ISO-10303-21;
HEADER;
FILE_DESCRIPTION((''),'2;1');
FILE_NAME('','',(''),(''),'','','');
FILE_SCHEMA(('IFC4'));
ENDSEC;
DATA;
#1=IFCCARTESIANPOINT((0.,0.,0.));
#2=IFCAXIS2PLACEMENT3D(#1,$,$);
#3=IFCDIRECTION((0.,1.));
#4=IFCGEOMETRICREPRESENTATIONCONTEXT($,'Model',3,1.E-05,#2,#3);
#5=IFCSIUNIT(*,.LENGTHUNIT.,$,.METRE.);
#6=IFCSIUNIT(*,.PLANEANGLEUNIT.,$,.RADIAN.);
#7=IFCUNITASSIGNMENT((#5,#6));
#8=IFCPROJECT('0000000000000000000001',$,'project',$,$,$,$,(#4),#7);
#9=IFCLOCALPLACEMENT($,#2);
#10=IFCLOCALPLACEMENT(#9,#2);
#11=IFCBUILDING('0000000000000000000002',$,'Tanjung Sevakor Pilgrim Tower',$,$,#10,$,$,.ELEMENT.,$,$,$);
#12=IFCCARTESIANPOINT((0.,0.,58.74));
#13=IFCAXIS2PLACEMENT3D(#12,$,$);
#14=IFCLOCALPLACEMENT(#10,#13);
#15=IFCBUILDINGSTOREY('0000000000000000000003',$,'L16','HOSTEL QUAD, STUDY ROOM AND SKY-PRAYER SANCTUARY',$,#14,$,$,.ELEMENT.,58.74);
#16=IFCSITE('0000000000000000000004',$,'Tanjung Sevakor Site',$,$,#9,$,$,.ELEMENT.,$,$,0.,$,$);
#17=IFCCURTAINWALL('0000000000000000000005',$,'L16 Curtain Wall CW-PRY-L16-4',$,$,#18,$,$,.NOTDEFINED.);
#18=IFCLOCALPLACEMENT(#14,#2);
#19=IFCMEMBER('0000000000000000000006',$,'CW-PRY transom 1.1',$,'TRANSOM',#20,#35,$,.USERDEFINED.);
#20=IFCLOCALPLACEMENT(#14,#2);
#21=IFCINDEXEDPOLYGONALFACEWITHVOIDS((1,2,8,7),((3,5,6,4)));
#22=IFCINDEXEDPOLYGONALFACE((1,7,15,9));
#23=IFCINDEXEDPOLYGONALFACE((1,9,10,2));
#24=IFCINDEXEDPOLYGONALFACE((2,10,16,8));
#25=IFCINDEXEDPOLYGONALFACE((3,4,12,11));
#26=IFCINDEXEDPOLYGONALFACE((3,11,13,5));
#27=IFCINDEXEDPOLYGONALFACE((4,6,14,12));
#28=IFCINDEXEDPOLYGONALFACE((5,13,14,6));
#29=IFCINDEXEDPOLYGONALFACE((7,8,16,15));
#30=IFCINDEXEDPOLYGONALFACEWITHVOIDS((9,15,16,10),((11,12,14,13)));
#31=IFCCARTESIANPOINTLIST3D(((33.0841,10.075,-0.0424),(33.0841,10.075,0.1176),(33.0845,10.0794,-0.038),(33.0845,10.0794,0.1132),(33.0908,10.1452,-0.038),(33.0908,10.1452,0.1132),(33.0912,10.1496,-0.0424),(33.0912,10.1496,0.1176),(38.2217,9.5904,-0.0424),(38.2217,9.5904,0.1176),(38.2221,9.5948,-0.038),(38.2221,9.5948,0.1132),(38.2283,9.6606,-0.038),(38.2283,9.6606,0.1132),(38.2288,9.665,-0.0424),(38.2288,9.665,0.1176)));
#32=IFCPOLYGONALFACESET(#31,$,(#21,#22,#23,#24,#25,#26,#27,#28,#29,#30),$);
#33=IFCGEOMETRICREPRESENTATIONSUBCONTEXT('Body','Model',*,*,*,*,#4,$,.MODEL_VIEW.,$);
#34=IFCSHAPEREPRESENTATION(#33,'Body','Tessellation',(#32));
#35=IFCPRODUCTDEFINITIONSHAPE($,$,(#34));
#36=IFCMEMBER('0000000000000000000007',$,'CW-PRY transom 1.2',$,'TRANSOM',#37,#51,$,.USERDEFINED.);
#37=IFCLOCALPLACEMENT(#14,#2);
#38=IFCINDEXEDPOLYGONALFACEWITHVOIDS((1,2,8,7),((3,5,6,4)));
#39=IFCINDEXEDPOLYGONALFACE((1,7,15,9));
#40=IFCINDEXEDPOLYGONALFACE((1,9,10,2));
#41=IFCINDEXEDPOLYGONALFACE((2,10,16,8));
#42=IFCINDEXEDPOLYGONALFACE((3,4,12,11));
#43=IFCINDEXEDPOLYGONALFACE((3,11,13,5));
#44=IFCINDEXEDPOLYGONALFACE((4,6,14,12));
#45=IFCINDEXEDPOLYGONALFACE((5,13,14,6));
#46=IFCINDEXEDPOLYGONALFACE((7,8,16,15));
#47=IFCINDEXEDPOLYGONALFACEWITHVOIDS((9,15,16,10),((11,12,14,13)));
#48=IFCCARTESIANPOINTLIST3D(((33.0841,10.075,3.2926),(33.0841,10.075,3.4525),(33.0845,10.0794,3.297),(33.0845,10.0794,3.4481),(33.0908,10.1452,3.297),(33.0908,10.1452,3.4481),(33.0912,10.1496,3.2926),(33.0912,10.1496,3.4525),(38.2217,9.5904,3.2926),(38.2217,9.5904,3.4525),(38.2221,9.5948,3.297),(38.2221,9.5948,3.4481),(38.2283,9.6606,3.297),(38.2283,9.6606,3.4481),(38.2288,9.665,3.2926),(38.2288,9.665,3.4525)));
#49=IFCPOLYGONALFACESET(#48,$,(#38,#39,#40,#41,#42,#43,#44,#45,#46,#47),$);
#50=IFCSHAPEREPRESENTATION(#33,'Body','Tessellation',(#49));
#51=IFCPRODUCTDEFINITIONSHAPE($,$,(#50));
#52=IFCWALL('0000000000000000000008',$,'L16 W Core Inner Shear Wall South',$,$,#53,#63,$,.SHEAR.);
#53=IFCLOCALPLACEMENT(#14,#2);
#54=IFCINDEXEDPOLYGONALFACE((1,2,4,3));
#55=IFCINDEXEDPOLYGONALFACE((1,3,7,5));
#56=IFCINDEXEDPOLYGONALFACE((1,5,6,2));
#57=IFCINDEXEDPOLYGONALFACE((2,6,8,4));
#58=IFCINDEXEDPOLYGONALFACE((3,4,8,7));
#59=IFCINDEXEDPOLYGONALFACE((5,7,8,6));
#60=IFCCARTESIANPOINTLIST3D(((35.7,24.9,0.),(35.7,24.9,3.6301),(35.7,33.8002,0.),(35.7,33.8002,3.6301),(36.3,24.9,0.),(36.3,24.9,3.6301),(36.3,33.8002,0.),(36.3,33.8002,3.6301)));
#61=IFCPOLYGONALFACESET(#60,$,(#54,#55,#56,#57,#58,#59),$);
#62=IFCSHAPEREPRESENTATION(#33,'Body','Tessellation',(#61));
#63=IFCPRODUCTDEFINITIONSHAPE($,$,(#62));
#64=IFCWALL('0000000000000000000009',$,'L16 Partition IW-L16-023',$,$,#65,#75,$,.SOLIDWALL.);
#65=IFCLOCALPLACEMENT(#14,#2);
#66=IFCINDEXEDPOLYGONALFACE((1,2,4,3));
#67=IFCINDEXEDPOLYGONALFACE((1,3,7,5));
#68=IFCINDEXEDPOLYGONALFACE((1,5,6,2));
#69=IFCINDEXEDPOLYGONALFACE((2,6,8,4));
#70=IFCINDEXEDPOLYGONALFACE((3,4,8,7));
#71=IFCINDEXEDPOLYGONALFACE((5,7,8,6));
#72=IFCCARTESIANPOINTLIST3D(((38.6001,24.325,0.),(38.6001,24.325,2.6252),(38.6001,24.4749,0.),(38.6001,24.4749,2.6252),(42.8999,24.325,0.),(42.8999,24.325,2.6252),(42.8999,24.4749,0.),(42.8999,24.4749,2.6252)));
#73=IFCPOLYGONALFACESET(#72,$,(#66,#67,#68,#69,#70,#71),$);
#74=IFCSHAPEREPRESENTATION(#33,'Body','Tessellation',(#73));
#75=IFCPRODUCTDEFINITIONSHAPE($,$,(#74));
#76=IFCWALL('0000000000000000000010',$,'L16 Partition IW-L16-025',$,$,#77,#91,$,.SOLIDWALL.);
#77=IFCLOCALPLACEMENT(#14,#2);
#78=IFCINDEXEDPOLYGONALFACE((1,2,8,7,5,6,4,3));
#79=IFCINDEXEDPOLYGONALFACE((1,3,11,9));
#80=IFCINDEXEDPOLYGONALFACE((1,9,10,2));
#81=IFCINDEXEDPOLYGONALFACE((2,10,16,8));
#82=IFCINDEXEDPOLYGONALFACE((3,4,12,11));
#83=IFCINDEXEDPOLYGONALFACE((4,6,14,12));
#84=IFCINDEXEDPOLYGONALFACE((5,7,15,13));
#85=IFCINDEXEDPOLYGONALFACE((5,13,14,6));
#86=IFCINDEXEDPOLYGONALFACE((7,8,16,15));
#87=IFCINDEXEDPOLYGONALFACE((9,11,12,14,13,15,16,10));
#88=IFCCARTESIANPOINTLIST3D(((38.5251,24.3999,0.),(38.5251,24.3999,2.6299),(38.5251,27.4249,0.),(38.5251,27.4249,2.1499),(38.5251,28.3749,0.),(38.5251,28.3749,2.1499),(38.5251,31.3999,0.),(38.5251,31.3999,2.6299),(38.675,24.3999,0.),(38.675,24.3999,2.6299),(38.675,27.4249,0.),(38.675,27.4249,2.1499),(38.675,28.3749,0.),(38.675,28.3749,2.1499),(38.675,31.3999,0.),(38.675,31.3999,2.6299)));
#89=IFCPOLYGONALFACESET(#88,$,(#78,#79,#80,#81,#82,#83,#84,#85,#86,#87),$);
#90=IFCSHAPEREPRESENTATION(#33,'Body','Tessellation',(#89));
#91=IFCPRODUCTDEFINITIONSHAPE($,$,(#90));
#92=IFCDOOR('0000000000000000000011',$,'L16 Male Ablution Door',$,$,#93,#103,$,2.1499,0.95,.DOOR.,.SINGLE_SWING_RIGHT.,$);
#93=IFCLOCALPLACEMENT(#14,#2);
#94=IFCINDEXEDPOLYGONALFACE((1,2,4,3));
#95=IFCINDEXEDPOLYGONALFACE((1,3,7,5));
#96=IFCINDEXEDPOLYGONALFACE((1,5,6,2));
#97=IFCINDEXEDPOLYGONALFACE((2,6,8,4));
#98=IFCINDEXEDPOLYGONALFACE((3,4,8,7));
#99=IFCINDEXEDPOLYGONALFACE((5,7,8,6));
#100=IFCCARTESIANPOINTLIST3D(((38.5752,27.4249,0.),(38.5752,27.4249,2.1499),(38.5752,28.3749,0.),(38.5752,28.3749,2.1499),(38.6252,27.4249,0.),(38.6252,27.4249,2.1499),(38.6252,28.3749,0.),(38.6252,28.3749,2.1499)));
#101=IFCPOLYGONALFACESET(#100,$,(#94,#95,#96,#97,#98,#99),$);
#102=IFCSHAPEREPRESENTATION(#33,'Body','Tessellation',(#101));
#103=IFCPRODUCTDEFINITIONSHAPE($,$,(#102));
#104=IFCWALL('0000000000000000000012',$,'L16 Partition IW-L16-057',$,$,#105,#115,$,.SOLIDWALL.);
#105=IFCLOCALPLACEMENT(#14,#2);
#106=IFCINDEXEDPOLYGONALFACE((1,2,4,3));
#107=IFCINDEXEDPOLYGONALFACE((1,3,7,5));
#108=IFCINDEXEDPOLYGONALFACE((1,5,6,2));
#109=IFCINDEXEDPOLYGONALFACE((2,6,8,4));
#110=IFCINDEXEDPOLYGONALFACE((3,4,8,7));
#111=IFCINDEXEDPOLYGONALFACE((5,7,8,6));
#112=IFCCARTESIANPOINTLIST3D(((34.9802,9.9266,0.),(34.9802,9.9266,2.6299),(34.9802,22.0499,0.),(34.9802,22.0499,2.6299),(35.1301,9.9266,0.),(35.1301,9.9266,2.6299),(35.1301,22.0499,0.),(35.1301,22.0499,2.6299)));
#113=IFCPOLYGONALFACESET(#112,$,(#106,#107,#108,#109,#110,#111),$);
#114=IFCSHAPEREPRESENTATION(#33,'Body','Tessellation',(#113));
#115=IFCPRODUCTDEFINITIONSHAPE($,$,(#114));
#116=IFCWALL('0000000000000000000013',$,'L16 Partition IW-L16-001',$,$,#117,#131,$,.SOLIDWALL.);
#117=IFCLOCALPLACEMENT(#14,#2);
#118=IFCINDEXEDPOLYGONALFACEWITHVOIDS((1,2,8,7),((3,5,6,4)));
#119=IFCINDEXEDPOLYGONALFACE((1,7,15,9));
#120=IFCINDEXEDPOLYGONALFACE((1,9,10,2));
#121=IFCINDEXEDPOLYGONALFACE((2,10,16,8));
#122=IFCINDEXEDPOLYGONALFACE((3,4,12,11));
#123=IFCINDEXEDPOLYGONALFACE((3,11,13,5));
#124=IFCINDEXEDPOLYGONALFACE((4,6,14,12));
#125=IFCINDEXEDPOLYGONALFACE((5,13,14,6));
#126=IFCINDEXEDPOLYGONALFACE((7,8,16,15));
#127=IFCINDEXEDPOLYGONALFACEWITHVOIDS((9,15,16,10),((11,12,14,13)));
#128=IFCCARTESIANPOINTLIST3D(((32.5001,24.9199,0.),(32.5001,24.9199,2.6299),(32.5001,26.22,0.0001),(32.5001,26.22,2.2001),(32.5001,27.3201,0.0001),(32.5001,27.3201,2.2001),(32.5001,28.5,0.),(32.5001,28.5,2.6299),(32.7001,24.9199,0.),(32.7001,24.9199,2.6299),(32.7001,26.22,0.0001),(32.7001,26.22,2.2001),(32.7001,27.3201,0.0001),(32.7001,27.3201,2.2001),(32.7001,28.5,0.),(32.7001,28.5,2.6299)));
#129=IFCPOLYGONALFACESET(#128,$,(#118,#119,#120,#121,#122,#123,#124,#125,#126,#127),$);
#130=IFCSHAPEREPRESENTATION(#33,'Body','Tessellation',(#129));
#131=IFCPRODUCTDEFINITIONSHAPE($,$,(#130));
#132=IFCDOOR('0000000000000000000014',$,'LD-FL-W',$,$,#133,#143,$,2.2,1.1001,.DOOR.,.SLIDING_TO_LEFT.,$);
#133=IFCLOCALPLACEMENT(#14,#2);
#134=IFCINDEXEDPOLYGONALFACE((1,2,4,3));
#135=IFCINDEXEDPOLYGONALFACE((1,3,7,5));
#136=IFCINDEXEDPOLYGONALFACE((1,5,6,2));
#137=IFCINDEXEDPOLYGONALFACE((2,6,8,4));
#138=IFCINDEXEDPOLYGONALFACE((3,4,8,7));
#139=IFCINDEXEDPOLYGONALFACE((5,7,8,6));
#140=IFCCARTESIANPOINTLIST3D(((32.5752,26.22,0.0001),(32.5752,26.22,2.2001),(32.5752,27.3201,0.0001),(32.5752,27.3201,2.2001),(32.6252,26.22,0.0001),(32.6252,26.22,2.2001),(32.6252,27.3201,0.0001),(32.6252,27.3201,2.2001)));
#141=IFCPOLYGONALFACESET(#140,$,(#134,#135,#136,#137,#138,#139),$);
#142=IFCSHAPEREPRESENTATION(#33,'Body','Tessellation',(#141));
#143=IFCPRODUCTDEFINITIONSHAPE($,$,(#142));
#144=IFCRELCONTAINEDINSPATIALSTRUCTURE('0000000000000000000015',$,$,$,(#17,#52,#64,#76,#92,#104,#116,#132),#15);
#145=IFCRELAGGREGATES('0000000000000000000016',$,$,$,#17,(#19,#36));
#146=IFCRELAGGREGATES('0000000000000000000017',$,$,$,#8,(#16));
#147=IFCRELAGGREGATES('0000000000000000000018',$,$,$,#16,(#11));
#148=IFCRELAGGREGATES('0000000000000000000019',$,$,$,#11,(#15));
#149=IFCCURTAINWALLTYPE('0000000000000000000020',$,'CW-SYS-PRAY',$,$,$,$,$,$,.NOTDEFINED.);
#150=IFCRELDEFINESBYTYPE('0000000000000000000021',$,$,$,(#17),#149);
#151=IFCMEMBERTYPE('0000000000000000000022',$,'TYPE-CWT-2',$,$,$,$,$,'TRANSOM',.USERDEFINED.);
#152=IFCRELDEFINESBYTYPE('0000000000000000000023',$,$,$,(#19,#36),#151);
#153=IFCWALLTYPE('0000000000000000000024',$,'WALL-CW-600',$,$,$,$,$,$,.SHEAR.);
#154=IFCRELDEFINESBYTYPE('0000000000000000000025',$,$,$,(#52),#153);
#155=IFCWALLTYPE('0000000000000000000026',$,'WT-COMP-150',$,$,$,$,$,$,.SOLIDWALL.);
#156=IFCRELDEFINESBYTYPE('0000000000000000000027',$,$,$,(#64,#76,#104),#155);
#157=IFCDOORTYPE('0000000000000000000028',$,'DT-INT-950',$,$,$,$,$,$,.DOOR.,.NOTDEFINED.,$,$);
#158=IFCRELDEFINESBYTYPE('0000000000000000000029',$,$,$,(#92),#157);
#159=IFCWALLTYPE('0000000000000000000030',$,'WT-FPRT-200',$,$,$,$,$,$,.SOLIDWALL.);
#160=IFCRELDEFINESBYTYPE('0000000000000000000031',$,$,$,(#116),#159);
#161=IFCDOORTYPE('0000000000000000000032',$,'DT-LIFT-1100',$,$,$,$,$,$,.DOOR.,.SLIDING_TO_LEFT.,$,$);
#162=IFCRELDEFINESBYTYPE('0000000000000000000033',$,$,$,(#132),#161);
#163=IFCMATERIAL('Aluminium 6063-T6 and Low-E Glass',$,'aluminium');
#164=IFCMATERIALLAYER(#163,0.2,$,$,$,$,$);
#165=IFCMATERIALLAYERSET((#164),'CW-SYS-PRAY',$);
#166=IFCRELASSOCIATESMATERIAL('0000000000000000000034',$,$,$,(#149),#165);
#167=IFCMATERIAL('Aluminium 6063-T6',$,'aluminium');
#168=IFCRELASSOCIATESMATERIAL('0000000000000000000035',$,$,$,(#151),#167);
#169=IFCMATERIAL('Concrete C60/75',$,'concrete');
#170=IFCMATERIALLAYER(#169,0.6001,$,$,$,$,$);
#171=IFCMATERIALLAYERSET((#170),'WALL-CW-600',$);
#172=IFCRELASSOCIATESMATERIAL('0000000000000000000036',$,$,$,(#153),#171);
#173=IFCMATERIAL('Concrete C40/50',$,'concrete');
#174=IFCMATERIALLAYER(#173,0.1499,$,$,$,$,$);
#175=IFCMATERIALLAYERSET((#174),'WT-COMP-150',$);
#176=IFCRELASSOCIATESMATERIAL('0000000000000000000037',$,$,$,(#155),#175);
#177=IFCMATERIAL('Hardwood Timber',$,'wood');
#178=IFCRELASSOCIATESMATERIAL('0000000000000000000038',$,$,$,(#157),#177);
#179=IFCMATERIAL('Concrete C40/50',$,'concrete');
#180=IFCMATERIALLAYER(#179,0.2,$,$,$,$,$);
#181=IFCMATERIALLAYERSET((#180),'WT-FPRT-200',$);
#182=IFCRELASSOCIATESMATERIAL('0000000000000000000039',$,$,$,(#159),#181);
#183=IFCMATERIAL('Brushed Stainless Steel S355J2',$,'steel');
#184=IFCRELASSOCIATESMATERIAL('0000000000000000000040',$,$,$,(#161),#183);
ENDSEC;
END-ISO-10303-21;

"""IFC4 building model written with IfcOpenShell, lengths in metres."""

from ifc_helpers import new_model, si_unit, direction, frame, frame_2d, origin, origin_2d, place, context, subcontext, project, spatial, rectangle, hollow_rectangle, extrude, material, layer, layer_set, material_profile, profile_set, type_object, element, fill, aggregate, save


model = new_model("IFC4")

# Units and contexts
model_context = context("Model", 3, precision=1e-05, world=origin(), true_north=direction((0.0, 1.0)))
body_context = subcontext(model_context, "Body", "Model", "MODEL_VIEW")
ifc_project = project(units=[si_unit("LENGTHUNIT", "METRE"), si_unit("PLANEANGLEUNIT", "RADIAN")], contexts=[model_context])

# Site, building, storey
site_placement = place(None, origin())
site = spatial("IfcSite", under=ifc_project, at=site_placement, Name="Tanjung Sevakor Site", CompositionType="ELEMENT", RefElevation=0.0)
building_placement = place(site_placement, origin())
building = spatial("IfcBuilding", under=site, at=building_placement, Name="Tanjung Sevakor Pilgrim Tower", CompositionType="ELEMENT")
storey_placement = place(building_placement, frame((0.0, 0.0, 58.74)))
storey = spatial("IfcBuildingStorey", under=building, at=storey_placement, Name="L16", Description="HOSTEL QUAD, STUDY ROOM AND SKY-PRAYER SANCTUARY", CompositionType="ELEMENT", Elevation=58.74)

# Shared definitions
ifc_material_1 = material(Name="Aluminium 6063-T6 and Low-E Glass", Category="aluminium")
ifc_layer_1 = layer(ifc_material_1, 0.2)
ifc_layer_set_1 = layer_set([ifc_layer_1], Name="CW-SYS-PRAY")
curtain_wall_type = type_object("IfcCurtainWallType", Name="CW-SYS-PRAY", PredefinedType="NOTDEFINED", material=ifc_layer_set_1)

# Curtain wall, members
curtain_wall_1_placement = place(storey_placement, origin())
curtain_wall_1 = element("IfcCurtainWall", 1, at=curtain_wall_1_placement, inside=storey, type_object=curtain_wall_type, Name="L16 Curtain Wall CW-PRY-L16-4", PredefinedType="NOTDEFINED")
ifc_material_2 = material(Name="Aluminium 6063-T6", Category="aluminium")
ifc_material_profile_1 = material_profile(ifc_material_2, hollow_rectangle(XDim=0.075, YDim=0.1599, WallThickness=0.0044, at=origin_2d()))
ifc_profile_set_1 = profile_set([ifc_material_profile_1], Name="Aluminium 6063-T6")
member_type_1 = type_object("IfcMemberType", Name="TYPE-CWT-2", ElementType="TRANSOM", PredefinedType="USERDEFINED", material=ifc_profile_set_1)
member_1_placement = place(storey_placement, frame((33.0876, 10.1123, 0.0376), z_axis=(0.995581, -0.093909, 0.0), x_axis=(0.093909, 0.995581, 0.0)))
member_1 = element("IfcMember", 2, at=member_1_placement, type_object=member_type_1, Name="CW-PRY transom 1.1", ObjectType="TRANSOM", PredefinedType="USERDEFINED", context=body_context, shape_type="SweptSolid", body=[
    extrude(hollow_rectangle(XDim=0.075, YDim=0.1599, WallThickness=0.0044, at=origin_2d()), origin(), (0.0, 0.0, 1.0), 5.1604),
])
member_2_placement = place(storey_placement, frame((33.0876, 10.1123, 3.3726), z_axis=(0.995581, -0.093909, 0.0), x_axis=(0.093909, 0.995581, 0.0)))
member_2 = element("IfcMember", 3, at=member_2_placement, type_object=member_type_1, Name="CW-PRY transom 1.2", ObjectType="TRANSOM", PredefinedType="USERDEFINED", context=body_context, shape_type="SweptSolid", body=[
    extrude(hollow_rectangle(XDim=0.075, YDim=0.1599, WallThickness=0.0044, at=origin_2d()), origin(), (0.0, 0.0, 1.0), 5.1604),
])
aggregate(curtain_wall_1, [member_1, member_2])

# Wall
ifc_material_3 = material(Name="Concrete C60/75", Category="concrete")
ifc_layer_2 = layer(ifc_material_3, 0.6001)
ifc_layer_set_2 = layer_set([ifc_layer_2], Name="WALL-CW-600")
wall_type_1 = type_object("IfcWallType", Name="WALL-CW-600", PredefinedType="SHEAR", material=ifc_layer_set_2)
wall_1_placement = place(storey_placement, frame((36.0, 24.8999, 0.0), z_axis=(0.0, 0.0, 1.0), x_axis=(0.0, 1.0, 0.0)))
element("IfcWall", 4, at=wall_1_placement, inside=storey, type_object=wall_type_1, Name="L16 W Core Inner Shear Wall South", PredefinedType="SHEAR", context=body_context, shape_type="SweptSolid", body=[
    extrude(rectangle(XDim=8.9001, YDim=0.6001, at=frame_2d((4.4502, 0.0))), origin(), (0.0, 0.0, 1.0), 3.6301),
])

# Shared definitions
ifc_material_4 = material(Name="Concrete C40/50", Category="concrete")
ifc_layer_3 = layer(ifc_material_4, 0.1499)
ifc_layer_set_3 = layer_set([ifc_layer_3], Name="WT-COMP-150")
wall_type_2 = type_object("IfcWallType", Name="WT-COMP-150", PredefinedType="SOLIDWALL", material=ifc_layer_set_3)

# Wall
wall_2_placement = place(storey_placement, frame((38.6001, 24.3999, 0.0), z_axis=(0.0, 0.0, 1.0), x_axis=(1.0, 0.0, 0.0)))
element("IfcWall", 5, at=wall_2_placement, inside=storey, type_object=wall_type_2, Name="L16 Partition IW-L16-023", PredefinedType="SOLIDWALL", context=body_context, shape_type="SweptSolid", body=[
    extrude(rectangle(XDim=4.2998, YDim=0.1499, at=frame_2d((2.1499, 0.0))), origin(), (0.0, 0.0, 1.0), 2.6252),
])

# Wall, opening, door
wall_3_placement = place(storey_placement, frame((38.6001, 24.3999, 0.0), z_axis=(0.0, 0.0, 1.0), x_axis=(0.0, 1.0, 0.0)))
wall_3 = element("IfcWall", 6, at=wall_3_placement, inside=storey, type_object=wall_type_2, Name="L16 Partition IW-L16-025", PredefinedType="SOLIDWALL", context=body_context, shape_type="SweptSolid", body=[
    extrude(rectangle(XDim=7.0, YDim=0.1499, at=frame_2d((3.5, 0.0))), origin(), (0.0, 0.0, 1.0), 2.6299),
])
opening_1_placement = place(wall_3_placement, frame((3.0249, 0.0, 0.0)))
opening_1 = element("IfcOpeningElement", 7, at=opening_1_placement, cuts=wall_3, PredefinedType="OPENING", context=body_context, shape_type="SweptSolid", body=[
    extrude(rectangle(XDim=0.95, YDim=2.1499, at=frame_2d((0.4751, 1.075))), frame((0.0, 0.085, 0.0), z_axis=(0.0, -1.0, 0.0), x_axis=(1.0, 0.0, 0.0)), (0.0, 0.0, 1.0), 0.1699),
])
ifc_material_5 = material(Name="Hardwood Timber", Category="wood")
door_type_1 = type_object("IfcDoorType", Name="DT-INT-950", OperationType="NOTDEFINED", PredefinedType="DOOR", material=ifc_material_5)
door_1_placement = place(opening_1_placement, origin())
door_1 = element("IfcDoor", 8, at=door_1_placement, inside=storey, type_object=door_type_1, Name="L16 Male Ablution Door", OperationType="SINGLE_SWING_RIGHT", OverallHeight=2.1499, OverallWidth=0.95, PredefinedType="DOOR", context=body_context, shape_type="SweptSolid", body=[
    extrude(rectangle(XDim=0.95, YDim=2.1499, at=frame_2d((0.4751, 1.075))), frame((0.0, 0.0249, 0.0), z_axis=(0.0, -1.0, 0.0), x_axis=(1.0, 0.0, 0.0)), (0.0, 0.0, 1.0), 0.05),
])
fill(opening_1, door_1)

# Wall
wall_4_placement = place(storey_placement, frame((35.0552, 9.9268, 0.0), z_axis=(0.0, 0.0, 1.0), x_axis=(0.0, 1.0, 0.0)))
element("IfcWall", 9, at=wall_4_placement, inside=storey, type_object=wall_type_2, Name="L16 Partition IW-L16-057", PredefinedType="SOLIDWALL", context=body_context, shape_type="SweptSolid", body=[
    extrude(rectangle(XDim=12.1233, YDim=0.1499, at=frame_2d((6.0615, 0.0))), origin(), (0.0, 0.0, 1.0), 2.6299),
])

# Wall, opening, door
ifc_material_6 = material(Name="Concrete C40/50", Category="concrete")
ifc_layer_4 = layer(ifc_material_6, 0.2)
ifc_layer_set_4 = layer_set([ifc_layer_4], Name="WT-FPRT-200")
wall_type_3 = type_object("IfcWallType", Name="WT-FPRT-200", PredefinedType="SOLIDWALL", material=ifc_layer_set_4)
wall_5_placement = place(storey_placement, frame((32.6001, 24.9199, 0.0), z_axis=(0.0, 0.0, 1.0), x_axis=(0.0, 1.0, 0.0)))
wall_5 = element("IfcWall", 10, at=wall_5_placement, inside=storey, type_object=wall_type_3, Name="L16 Partition IW-L16-001", PredefinedType="SOLIDWALL", context=body_context, shape_type="SweptSolid", body=[
    extrude(rectangle(XDim=3.5801, YDim=0.2, at=frame_2d((1.79, 0.0))), origin(), (0.0, 0.0, 1.0), 2.6299),
])
opening_2_placement = place(wall_5_placement, frame((1.3, 0.0, 0.0)))
opening_2 = element("IfcOpeningElement", 11, at=opening_2_placement, cuts=wall_5, PredefinedType="OPENING", context=body_context, shape_type="SweptSolid", body=[
    extrude(rectangle(XDim=1.1001, YDim=2.2, at=frame_2d((0.55, 1.1001))), frame((0.0, 0.1099, 0.0), z_axis=(0.0, -1.0, 0.0), x_axis=(1.0, 0.0, 0.0)), (0.0, 0.0, 1.0), 0.22),
])
ifc_material_7 = material(Name="Brushed Stainless Steel S355J2", Category="steel")
door_type_2 = type_object("IfcDoorType", Name="DT-LIFT-1100", OperationType="SLIDING_TO_LEFT", PredefinedType="DOOR", material=ifc_material_7)
door_2_placement = place(opening_2_placement, origin())
door_2 = element("IfcDoor", 12, at=door_2_placement, inside=storey, type_object=door_type_2, Name="LD-FL-W", OperationType="SLIDING_TO_LEFT", OverallHeight=2.2, OverallWidth=1.1001, PredefinedType="DOOR", context=body_context, shape_type="SweptSolid", body=[
    extrude(rectangle(XDim=1.1001, YDim=2.2, at=frame_2d((0.55, 1.1001))), frame((0.0, 0.0249, 0.0), z_axis=(0.0, -1.0, 0.0), x_axis=(1.0, 0.0, 0.0)), (0.0, 0.0, 1.0), 0.05),
])
fill(opening_2, door_2)

save(model, "model.ifc")
